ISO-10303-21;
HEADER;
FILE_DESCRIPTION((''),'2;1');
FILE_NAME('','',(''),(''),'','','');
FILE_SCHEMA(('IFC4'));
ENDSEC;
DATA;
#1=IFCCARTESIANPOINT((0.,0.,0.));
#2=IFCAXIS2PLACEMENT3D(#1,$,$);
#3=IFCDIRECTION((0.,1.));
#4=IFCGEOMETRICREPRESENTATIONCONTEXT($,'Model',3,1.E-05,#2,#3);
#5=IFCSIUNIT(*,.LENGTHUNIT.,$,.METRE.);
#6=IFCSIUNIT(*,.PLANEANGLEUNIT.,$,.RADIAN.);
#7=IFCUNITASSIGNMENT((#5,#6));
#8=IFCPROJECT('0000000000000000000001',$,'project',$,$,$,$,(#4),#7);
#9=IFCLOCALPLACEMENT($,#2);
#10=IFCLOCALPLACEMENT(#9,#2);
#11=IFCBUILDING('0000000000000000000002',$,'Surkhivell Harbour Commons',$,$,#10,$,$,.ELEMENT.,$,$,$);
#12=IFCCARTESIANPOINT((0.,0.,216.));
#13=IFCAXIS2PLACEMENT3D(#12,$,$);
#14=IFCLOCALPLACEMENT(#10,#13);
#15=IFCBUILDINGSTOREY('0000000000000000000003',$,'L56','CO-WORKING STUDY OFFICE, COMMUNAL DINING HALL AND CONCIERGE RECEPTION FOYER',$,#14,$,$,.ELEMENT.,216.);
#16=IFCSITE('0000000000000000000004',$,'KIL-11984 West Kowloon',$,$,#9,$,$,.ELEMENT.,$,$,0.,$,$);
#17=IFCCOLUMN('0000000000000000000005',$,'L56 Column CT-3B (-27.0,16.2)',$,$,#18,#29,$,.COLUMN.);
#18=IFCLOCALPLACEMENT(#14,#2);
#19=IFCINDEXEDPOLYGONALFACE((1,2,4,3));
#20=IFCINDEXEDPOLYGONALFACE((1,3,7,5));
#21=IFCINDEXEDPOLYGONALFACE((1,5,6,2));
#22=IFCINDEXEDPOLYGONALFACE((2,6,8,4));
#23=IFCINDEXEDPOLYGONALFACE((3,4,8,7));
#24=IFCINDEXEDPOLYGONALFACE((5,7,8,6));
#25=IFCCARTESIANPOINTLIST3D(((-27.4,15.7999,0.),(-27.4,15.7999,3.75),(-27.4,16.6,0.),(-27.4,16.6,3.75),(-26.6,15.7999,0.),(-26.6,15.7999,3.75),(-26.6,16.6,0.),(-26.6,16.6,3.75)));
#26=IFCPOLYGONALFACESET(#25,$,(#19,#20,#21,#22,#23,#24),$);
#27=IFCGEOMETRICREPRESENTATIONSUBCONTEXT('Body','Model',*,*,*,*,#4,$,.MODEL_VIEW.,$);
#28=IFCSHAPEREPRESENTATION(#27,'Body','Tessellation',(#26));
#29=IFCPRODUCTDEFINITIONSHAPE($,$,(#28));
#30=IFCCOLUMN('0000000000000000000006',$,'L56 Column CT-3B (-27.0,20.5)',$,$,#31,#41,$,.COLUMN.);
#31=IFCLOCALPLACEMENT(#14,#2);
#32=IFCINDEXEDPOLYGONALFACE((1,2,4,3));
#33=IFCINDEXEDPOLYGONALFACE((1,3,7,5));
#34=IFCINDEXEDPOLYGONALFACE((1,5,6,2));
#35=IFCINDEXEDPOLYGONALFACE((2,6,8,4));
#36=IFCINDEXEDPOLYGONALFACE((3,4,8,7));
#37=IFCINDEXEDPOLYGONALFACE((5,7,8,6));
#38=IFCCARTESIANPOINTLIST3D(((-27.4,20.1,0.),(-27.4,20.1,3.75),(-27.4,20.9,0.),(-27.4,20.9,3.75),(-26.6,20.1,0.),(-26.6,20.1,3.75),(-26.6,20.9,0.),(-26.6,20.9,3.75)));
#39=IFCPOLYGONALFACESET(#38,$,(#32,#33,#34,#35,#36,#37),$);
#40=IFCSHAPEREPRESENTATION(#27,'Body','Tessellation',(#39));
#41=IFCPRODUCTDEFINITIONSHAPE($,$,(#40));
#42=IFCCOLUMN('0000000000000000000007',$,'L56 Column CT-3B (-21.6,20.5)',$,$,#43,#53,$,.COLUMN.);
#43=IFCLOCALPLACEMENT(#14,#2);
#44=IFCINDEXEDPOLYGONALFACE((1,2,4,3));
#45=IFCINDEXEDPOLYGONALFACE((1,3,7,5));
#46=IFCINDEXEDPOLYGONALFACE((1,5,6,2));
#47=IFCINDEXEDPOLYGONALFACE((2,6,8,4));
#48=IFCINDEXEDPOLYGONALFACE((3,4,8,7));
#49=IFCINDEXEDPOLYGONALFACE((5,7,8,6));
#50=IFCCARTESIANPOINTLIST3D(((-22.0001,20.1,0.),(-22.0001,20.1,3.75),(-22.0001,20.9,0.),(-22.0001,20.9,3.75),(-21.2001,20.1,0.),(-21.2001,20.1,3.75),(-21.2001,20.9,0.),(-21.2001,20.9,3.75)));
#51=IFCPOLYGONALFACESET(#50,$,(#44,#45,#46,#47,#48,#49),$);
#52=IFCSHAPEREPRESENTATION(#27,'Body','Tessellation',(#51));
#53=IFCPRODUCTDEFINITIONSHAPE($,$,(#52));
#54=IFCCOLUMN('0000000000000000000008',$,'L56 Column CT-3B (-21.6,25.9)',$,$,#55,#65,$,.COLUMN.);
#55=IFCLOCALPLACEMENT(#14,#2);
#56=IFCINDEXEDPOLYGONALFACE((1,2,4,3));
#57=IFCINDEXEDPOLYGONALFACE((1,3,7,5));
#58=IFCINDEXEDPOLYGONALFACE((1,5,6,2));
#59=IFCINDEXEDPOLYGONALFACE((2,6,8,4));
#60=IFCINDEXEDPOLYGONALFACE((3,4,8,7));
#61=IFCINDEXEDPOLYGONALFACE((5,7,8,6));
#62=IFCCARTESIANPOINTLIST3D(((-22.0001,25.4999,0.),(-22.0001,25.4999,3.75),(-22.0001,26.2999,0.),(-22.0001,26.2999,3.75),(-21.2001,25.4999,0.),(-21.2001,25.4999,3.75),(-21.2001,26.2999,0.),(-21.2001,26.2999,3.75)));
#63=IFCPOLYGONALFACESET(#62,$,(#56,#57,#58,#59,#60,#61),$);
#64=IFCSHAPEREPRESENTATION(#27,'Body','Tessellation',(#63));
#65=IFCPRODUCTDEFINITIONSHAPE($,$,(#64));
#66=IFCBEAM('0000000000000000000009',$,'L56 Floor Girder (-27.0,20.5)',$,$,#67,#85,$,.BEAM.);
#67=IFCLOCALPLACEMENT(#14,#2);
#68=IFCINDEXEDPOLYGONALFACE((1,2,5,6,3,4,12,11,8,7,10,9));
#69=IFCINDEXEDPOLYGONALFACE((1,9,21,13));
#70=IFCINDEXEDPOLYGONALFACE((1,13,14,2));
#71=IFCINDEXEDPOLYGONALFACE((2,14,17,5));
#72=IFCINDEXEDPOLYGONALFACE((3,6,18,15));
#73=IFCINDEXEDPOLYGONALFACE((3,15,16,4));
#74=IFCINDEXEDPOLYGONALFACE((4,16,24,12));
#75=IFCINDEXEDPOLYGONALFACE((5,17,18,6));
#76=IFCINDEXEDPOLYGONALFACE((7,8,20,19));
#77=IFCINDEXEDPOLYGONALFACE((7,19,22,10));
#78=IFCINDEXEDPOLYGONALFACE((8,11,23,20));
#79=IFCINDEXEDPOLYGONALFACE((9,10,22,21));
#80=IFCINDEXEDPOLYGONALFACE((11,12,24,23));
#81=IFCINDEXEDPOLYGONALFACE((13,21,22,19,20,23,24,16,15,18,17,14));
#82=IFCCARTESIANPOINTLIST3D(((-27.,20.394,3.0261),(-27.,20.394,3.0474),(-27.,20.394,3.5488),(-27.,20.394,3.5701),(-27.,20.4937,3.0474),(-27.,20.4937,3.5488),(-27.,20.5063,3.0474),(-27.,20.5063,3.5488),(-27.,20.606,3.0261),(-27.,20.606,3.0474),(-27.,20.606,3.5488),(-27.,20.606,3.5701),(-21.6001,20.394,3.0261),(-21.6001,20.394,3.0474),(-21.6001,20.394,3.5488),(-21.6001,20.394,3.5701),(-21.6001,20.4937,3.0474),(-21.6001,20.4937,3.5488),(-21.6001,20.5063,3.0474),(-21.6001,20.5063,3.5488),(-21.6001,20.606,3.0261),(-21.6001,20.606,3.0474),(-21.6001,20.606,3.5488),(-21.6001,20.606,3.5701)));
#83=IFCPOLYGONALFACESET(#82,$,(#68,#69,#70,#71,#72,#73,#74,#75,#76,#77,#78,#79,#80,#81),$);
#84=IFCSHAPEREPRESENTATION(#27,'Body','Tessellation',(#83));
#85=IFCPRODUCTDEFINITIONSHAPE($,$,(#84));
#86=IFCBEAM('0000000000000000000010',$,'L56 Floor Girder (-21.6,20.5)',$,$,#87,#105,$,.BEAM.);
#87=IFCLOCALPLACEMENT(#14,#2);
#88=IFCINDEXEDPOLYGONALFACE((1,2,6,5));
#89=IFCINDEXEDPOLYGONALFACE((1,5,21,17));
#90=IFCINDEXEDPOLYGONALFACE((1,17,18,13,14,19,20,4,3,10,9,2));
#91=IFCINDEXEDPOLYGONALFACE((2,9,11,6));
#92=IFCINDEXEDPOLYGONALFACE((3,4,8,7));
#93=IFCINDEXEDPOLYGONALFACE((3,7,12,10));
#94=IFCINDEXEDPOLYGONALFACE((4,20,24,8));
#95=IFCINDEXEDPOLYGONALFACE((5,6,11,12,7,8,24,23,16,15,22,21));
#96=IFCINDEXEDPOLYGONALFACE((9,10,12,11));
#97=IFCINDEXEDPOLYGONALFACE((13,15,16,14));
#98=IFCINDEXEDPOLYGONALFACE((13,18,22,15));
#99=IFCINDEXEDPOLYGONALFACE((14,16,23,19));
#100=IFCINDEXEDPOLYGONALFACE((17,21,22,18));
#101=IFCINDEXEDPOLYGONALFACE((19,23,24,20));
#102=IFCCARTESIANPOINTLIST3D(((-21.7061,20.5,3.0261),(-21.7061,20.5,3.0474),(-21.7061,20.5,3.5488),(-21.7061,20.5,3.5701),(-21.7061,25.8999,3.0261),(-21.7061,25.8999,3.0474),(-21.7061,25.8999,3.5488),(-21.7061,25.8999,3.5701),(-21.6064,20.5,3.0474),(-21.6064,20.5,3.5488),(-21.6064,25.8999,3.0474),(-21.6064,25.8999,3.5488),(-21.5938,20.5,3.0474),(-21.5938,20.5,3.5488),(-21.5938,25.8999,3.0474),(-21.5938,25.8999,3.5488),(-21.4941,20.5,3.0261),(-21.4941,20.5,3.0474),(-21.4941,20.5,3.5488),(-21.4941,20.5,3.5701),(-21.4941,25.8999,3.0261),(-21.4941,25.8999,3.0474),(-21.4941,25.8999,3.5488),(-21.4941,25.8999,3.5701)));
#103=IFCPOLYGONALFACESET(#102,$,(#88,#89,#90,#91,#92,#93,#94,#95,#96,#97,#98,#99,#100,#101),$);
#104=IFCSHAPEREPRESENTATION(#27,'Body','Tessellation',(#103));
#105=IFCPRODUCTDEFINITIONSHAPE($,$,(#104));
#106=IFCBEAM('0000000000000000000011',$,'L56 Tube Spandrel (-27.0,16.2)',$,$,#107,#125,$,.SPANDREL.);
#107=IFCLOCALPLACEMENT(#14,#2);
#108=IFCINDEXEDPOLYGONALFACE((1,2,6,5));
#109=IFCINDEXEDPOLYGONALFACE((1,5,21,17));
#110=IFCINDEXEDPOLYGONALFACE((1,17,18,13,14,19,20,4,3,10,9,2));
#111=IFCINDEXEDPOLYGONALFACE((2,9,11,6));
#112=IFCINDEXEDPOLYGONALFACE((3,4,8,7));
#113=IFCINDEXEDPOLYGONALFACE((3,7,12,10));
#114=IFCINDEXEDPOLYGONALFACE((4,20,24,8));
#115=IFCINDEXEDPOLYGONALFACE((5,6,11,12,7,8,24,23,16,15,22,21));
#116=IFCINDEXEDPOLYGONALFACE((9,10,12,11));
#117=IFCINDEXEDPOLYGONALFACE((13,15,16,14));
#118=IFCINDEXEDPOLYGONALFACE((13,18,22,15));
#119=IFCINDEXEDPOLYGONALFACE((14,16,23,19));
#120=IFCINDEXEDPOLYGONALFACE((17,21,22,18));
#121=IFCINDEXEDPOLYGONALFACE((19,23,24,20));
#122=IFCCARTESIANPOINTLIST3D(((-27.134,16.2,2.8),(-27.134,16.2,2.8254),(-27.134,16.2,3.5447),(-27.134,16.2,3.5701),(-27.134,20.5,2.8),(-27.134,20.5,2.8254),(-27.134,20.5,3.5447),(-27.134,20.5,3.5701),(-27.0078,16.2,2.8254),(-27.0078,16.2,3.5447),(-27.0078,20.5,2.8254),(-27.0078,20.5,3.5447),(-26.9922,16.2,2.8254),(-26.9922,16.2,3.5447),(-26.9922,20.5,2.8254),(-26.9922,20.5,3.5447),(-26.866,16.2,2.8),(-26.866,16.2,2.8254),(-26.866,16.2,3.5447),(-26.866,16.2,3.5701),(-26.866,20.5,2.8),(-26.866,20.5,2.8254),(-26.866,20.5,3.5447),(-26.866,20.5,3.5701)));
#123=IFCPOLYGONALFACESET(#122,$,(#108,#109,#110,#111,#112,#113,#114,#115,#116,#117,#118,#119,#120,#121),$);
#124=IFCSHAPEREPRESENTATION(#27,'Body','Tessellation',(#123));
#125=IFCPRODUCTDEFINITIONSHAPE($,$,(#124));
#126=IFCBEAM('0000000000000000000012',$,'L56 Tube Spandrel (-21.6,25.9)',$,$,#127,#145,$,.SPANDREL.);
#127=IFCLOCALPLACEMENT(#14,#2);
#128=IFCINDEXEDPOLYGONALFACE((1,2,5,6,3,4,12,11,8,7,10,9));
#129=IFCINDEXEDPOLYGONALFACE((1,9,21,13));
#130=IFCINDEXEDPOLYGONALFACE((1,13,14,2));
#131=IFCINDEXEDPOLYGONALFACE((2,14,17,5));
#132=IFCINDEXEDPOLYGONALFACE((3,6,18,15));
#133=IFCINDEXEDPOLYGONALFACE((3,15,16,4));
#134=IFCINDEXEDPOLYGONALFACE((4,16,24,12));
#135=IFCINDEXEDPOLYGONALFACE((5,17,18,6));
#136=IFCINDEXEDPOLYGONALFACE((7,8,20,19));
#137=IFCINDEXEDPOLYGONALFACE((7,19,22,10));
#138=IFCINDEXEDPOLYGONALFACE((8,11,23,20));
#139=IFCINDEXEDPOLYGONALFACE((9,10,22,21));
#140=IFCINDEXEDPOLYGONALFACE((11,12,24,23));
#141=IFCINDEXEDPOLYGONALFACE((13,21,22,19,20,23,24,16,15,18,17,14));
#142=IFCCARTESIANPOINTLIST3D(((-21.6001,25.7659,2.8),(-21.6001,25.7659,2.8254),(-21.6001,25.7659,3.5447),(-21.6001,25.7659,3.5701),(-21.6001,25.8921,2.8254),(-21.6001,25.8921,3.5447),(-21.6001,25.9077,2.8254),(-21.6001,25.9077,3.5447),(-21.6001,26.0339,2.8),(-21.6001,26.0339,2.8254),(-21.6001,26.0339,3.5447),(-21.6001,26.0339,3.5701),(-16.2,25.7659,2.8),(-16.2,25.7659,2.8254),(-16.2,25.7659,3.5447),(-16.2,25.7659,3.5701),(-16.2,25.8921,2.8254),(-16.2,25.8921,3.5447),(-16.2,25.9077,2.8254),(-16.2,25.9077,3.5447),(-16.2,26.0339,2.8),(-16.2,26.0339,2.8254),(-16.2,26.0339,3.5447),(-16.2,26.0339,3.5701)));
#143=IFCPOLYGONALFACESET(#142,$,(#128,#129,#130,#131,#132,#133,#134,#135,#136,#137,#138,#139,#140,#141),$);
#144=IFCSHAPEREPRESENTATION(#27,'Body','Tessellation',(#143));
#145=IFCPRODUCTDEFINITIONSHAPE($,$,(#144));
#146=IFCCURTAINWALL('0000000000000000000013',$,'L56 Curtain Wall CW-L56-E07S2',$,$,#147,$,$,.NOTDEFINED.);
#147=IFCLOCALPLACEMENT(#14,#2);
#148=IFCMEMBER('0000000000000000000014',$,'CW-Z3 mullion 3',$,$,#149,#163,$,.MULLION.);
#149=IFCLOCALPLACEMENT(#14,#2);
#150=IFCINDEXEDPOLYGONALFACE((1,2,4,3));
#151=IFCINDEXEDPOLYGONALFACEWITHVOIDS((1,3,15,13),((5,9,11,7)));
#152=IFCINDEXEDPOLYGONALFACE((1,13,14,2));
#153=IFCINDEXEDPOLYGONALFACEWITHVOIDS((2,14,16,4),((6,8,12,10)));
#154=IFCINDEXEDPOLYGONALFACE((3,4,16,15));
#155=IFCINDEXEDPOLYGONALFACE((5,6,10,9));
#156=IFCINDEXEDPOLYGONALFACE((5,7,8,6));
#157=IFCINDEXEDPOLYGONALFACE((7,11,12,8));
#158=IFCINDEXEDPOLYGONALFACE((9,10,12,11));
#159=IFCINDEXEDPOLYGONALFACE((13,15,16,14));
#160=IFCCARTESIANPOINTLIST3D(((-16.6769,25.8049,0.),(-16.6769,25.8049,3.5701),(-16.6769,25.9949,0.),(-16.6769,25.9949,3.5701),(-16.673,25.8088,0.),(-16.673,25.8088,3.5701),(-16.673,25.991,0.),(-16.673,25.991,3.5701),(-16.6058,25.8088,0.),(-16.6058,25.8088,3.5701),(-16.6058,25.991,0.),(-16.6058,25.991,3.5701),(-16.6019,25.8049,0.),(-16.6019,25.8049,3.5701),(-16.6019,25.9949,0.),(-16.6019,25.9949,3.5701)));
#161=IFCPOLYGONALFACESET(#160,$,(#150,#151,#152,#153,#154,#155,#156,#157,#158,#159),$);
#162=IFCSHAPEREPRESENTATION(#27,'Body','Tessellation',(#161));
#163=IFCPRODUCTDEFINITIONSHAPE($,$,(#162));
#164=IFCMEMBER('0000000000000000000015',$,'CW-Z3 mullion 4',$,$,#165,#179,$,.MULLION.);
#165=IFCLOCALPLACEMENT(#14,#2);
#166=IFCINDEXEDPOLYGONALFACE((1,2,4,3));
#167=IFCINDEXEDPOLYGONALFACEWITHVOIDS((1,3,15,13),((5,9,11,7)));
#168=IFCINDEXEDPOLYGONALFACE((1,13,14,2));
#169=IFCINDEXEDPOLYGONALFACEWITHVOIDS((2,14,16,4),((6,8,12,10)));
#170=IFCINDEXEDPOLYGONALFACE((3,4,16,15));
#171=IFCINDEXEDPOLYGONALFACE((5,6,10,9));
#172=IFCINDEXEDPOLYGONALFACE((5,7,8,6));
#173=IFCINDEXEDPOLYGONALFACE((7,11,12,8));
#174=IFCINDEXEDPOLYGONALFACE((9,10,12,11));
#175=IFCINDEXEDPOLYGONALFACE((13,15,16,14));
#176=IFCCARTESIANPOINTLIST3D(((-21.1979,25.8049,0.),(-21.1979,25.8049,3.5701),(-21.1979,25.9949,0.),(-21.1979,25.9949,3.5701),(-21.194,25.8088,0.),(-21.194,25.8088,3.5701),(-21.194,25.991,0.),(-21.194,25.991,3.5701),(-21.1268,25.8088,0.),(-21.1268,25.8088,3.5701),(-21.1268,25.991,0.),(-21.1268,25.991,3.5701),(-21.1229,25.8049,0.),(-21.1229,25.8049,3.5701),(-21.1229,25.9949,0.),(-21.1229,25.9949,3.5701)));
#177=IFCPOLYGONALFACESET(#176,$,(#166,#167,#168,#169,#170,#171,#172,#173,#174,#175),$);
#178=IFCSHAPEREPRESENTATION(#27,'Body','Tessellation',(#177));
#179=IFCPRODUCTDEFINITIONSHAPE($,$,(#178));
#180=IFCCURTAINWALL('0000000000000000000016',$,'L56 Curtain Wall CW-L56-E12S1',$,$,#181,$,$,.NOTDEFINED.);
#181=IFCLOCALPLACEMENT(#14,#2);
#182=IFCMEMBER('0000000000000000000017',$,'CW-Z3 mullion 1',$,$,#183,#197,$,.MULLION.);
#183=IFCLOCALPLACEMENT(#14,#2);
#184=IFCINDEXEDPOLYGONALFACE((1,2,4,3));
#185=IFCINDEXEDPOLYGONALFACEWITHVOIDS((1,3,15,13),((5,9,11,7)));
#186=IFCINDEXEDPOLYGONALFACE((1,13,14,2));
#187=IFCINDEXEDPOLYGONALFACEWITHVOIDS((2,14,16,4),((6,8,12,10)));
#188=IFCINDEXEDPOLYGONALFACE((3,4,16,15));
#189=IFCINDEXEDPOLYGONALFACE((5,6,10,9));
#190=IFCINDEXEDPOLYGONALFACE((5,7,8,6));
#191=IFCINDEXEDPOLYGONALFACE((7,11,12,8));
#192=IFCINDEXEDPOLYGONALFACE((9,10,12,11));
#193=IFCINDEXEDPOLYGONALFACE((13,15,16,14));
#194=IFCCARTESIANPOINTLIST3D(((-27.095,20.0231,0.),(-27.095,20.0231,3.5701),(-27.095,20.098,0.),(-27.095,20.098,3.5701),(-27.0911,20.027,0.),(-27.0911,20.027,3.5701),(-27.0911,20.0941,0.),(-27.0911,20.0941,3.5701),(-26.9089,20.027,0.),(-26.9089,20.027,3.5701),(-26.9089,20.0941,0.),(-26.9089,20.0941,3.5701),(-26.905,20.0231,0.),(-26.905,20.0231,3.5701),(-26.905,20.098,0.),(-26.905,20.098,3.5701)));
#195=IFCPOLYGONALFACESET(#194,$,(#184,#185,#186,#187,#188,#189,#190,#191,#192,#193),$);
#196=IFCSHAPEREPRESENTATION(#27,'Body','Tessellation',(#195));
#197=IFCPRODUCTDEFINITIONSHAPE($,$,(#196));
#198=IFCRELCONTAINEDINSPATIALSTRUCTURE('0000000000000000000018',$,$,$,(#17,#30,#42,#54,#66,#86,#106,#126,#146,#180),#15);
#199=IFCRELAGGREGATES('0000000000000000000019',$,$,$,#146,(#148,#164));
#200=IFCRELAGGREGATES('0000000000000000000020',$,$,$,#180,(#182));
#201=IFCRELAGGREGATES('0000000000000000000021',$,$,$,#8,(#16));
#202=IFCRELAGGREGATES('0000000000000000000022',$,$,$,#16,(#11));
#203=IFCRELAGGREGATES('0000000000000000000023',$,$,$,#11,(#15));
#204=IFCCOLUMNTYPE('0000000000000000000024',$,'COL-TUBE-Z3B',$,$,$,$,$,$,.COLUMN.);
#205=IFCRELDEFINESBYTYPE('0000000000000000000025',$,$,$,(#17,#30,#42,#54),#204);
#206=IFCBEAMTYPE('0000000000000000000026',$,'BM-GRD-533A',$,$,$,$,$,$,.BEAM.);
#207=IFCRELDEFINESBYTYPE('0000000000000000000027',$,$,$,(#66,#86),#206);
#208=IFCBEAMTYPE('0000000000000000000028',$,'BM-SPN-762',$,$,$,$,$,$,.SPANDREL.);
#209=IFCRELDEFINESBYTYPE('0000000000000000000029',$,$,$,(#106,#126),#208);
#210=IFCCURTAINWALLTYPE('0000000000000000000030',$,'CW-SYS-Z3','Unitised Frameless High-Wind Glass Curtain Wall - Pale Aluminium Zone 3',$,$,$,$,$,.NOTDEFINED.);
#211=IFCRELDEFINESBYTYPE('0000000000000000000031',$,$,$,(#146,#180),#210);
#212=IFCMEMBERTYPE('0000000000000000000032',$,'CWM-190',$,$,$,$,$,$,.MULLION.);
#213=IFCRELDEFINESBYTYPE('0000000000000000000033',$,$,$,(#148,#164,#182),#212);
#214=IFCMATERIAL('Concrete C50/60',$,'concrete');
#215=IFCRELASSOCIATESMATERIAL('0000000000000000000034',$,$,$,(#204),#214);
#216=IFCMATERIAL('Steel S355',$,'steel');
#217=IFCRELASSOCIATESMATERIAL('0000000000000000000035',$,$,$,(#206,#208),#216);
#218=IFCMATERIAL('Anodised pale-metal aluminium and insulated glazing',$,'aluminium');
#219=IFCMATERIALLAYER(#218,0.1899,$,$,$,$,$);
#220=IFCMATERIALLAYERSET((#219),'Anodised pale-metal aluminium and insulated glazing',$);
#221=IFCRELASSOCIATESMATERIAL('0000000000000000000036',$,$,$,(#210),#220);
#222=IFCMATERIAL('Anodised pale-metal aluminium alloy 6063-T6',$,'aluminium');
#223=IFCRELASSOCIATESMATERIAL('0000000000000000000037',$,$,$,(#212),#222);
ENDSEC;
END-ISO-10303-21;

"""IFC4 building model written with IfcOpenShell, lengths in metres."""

from ifc_helpers import new_model, si_unit, direction, frame, origin, origin_2d, place, context, subcontext, project, spatial, rectangle, hollow_rectangle, i_section, extrude, material, layer, layer_set, material_profile, profile_set, type_object, element, aggregate, save


model = new_model("IFC4")

# Units and contexts
model_context = context("Model", 3, precision=1e-05, world=origin(), true_north=direction((0.0, 1.0)))
body_context = subcontext(model_context, "Body", "Model", "MODEL_VIEW")
ifc_project = project(units=[si_unit("LENGTHUNIT", "METRE"), si_unit("PLANEANGLEUNIT", "RADIAN")], contexts=[model_context])

# Site, building, storey
site_placement = place(None, origin())
site = spatial("IfcSite", under=ifc_project, at=site_placement, Name="KIL-11984 West Kowloon", CompositionType="ELEMENT", RefElevation=0.0)
building_placement = place(site_placement, origin())
building = spatial("IfcBuilding", under=site, at=building_placement, Name="Surkhivell Harbour Commons", CompositionType="ELEMENT")
storey_placement = place(building_placement, frame((0.0, 0.0, 216.0)))
storey = spatial("IfcBuildingStorey", under=building, at=storey_placement, Name="L56", Description="CO-WORKING STUDY OFFICE, COMMUNAL DINING HALL AND CONCIERGE RECEPTION FOYER", CompositionType="ELEMENT", Elevation=216.0)

# Columns
ifc_material_1 = material(Name="Concrete C50/60", Category="concrete")
ifc_material_profile_1 = material_profile(ifc_material_1, rectangle(XDim=0.8, YDim=0.8, at=origin_2d()), Name="RC-COL-800x800")
ifc_profile_set_1 = profile_set([ifc_material_profile_1], Name="Concrete C50/60")
column_type = type_object("IfcColumnType", Name="COL-TUBE-Z3B", PredefinedType="COLUMN", material=ifc_profile_set_1)
for number, where, z_axis, x_axis, name in (
    (1, (-27.0, 16.2, 0.0), (0.0, 0.0, 1.0), (1.0, 0.0, 0.0), "L56 Column CT-3B (-27.0,16.2)"),
    (2, (-27.0, 20.5, 0.0), (0.0, 0.0, 1.0), (1.0, 0.0, 0.0), "L56 Column CT-3B (-27.0,20.5)"),
    (3, (-21.6001, 20.5, 0.0), (0.0, 0.0, 1.0), (1.0, 0.0, 0.0), "L56 Column CT-3B (-21.6,20.5)"),
    (4, (-21.6001, 25.8999, 0.0), (0.0, 0.0, 1.0), (1.0, 0.0, 0.0), "L56 Column CT-3B (-21.6,25.9)"),
):
    element("IfcColumn", number, at=place(storey_placement, frame(where, z_axis=z_axis, x_axis=x_axis)), inside=storey, type_object=column_type, Name=name, PredefinedType="COLUMN", context=body_context, shape_type="SweptSolid", body=[
        extrude(rectangle(XDim=0.8, YDim=0.8, at=origin_2d()), origin(), (0.0, 0.0, 1.0), 3.75),
    ])

# Beams
ifc_material_2 = material(Name="Steel S355", Category="steel")
ifc_material_profile_2 = material_profile(ifc_material_2, i_section(OverallWidth=0.2119, OverallDepth=0.5439, WebThickness=0.0127, FlangeThickness=0.0212, at=origin_2d()), Name="UB533x210x122")
ifc_profile_set_2 = profile_set([ifc_material_profile_2], Name="Steel S355")
beam_type_1 = type_object("IfcBeamType", Name="BM-GRD-533A", PredefinedType="BEAM", material=ifc_profile_set_2)
for number, where, z_axis, x_axis, name in (
    (5, (-27.0, 20.5, 3.2981), (1.0, 0.0, 0.0), (0.0, 1.0, 0.0), "L56 Floor Girder (-27.0,20.5)"),
    (6, (-21.6001, 20.5, 3.2981), (0.0, 1.0, 0.0), (-1.0, 0.0, 0.0), "L56 Floor Girder (-21.6,20.5)"),
):
    element("IfcBeam", number, at=place(storey_placement, frame(where, z_axis=z_axis, x_axis=x_axis)), inside=storey, type_object=beam_type_1, Name=name, PredefinedType="BEAM", context=body_context, shape_type="SweptSolid", body=[
        extrude(i_section(OverallWidth=0.2119, OverallDepth=0.5439, WebThickness=0.0127, FlangeThickness=0.0212, at=origin_2d()), origin(), (0.0, 0.0, 1.0), 5.3999),
    ])
ifc_material_profile_3 = material_profile(ifc_material_2, i_section(OverallWidth=0.2681, OverallDepth=0.77, WebThickness=0.0156, FlangeThickness=0.0254, at=origin_2d()), Name="UB762x267x197")
ifc_profile_set_3 = profile_set([ifc_material_profile_3], Name="Steel S355")
beam_type_2 = type_object("IfcBeamType", Name="BM-SPN-762", PredefinedType="SPANDREL", material=ifc_profile_set_3)
beam_1_placement = place(storey_placement, frame((-27.0, 16.2, 3.1851), z_axis=(0.0, 1.0, 0.0), x_axis=(-1.0, 0.0, 0.0)))
element("IfcBeam", 7, at=beam_1_placement, inside=storey, type_object=beam_type_2, Name="L56 Tube Spandrel (-27.0,16.2)", PredefinedType="SPANDREL", context=body_context, shape_type="SweptSolid", body=[
    extrude(i_section(OverallWidth=0.2681, OverallDepth=0.77, WebThickness=0.0156, FlangeThickness=0.0254, at=origin_2d()), origin(), (0.0, 0.0, 1.0), 4.3),
])
beam_2_placement = place(storey_placement, frame((-21.6001, 25.8999, 3.1851), z_axis=(1.0, 0.0, 0.0), x_axis=(0.0, 1.0, 0.0)))
element("IfcBeam", 8, at=beam_2_placement, inside=storey, type_object=beam_type_2, Name="L56 Tube Spandrel (-21.6,25.9)", PredefinedType="SPANDREL", context=body_context, shape_type="SweptSolid", body=[
    extrude(i_section(OverallWidth=0.2681, OverallDepth=0.77, WebThickness=0.0156, FlangeThickness=0.0254, at=origin_2d()), origin(), (0.0, 0.0, 1.0), 5.4001),
])

# Curtain walls, members
ifc_material_3 = material(Name="Anodised pale-metal aluminium and insulated glazing", Category="aluminium")
ifc_layer_1 = layer(ifc_material_3, 0.1899)
ifc_layer_set_1 = layer_set([ifc_layer_1], Name="Anodised pale-metal aluminium and insulated glazing")
curtain_wall_type = type_object("IfcCurtainWallType", Name="CW-SYS-Z3", Description="Unitised Frameless High-Wind Glass Curtain Wall - Pale Aluminium Zone 3", PredefinedType="NOTDEFINED", material=ifc_layer_set_1)
curtain_wall_1_placement = place(storey_placement, origin())
curtain_wall_1 = element("IfcCurtainWall", 9, at=curtain_wall_1_placement, inside=storey, type_object=curtain_wall_type, Name="L56 Curtain Wall CW-L56-E07S2", PredefinedType="NOTDEFINED")
ifc_material_4 = material(Name="Anodised pale-metal aluminium alloy 6063-T6", Category="aluminium")
ifc_material_profile_4 = material_profile(ifc_material_4, hollow_rectangle(XDim=0.075, YDim=0.1899, WallThickness=0.0039, at=origin_2d()), Name="ALU-MULL-75x190")
ifc_profile_set_4 = profile_set([ifc_material_profile_4], Name="Anodised pale-metal aluminium alloy 6063-T6")
member_type_1 = type_object("IfcMemberType", Name="CWM-190", PredefinedType="MULLION", material=ifc_profile_set_4)
member_1_placement = place(storey_placement, frame((-16.6394, 25.8999, 0.0), z_axis=(0.0, 0.0, 1.0), x_axis=(-1.0, 0.0, 0.0)))
member_1 = element("IfcMember", 10, at=member_1_placement, type_object=member_type_1, Name="CW-Z3 mullion 3", PredefinedType="MULLION", context=body_context, shape_type="SweptSolid", body=[
    extrude(hollow_rectangle(XDim=0.075, YDim=0.1899, WallThickness=0.0039, at=origin_2d()), origin(), (0.0, 0.0, 1.0), 3.5701),
])
member_2_placement = place(storey_placement, frame((-21.1604, 25.8999, 0.0), z_axis=(0.0, 0.0, 1.0), x_axis=(-1.0, 0.0, 0.0)))
member_2 = element("IfcMember", 11, at=member_2_placement, type_object=member_type_1, Name="CW-Z3 mullion 4", PredefinedType="MULLION", context=body_context, shape_type="SweptSolid", body=[
    extrude(hollow_rectangle(XDim=0.075, YDim=0.1899, WallThickness=0.0039, at=origin_2d()), origin(), (0.0, 0.0, 1.0), 3.5701),
])
curtain_wall_2_placement = place(storey_placement, origin())
curtain_wall_2 = element("IfcCurtainWall", 12, at=curtain_wall_2_placement, inside=storey, type_object=curtain_wall_type, Name="L56 Curtain Wall CW-L56-E12S1", PredefinedType="NOTDEFINED")
member_3_placement = place(storey_placement, frame((-27.0, 20.0605, 0.0), z_axis=(0.0, 0.0, 1.0), x_axis=(0.0, -1.0, 0.0)))
member_3 = element("IfcMember", 13, at=member_3_placement, type_object=member_type_1, Name="CW-Z3 mullion 1", PredefinedType="MULLION", context=body_context, shape_type="SweptSolid", body=[
    extrude(hollow_rectangle(XDim=0.075, YDim=0.1899, WallThickness=0.0039, at=origin_2d()), origin(), (0.0, 0.0, 1.0), 3.5701),
])

aggregate(curtain_wall_1, [member_1, member_2])
aggregate(curtain_wall_2, [member_3])

save(model, "model.ifc")
